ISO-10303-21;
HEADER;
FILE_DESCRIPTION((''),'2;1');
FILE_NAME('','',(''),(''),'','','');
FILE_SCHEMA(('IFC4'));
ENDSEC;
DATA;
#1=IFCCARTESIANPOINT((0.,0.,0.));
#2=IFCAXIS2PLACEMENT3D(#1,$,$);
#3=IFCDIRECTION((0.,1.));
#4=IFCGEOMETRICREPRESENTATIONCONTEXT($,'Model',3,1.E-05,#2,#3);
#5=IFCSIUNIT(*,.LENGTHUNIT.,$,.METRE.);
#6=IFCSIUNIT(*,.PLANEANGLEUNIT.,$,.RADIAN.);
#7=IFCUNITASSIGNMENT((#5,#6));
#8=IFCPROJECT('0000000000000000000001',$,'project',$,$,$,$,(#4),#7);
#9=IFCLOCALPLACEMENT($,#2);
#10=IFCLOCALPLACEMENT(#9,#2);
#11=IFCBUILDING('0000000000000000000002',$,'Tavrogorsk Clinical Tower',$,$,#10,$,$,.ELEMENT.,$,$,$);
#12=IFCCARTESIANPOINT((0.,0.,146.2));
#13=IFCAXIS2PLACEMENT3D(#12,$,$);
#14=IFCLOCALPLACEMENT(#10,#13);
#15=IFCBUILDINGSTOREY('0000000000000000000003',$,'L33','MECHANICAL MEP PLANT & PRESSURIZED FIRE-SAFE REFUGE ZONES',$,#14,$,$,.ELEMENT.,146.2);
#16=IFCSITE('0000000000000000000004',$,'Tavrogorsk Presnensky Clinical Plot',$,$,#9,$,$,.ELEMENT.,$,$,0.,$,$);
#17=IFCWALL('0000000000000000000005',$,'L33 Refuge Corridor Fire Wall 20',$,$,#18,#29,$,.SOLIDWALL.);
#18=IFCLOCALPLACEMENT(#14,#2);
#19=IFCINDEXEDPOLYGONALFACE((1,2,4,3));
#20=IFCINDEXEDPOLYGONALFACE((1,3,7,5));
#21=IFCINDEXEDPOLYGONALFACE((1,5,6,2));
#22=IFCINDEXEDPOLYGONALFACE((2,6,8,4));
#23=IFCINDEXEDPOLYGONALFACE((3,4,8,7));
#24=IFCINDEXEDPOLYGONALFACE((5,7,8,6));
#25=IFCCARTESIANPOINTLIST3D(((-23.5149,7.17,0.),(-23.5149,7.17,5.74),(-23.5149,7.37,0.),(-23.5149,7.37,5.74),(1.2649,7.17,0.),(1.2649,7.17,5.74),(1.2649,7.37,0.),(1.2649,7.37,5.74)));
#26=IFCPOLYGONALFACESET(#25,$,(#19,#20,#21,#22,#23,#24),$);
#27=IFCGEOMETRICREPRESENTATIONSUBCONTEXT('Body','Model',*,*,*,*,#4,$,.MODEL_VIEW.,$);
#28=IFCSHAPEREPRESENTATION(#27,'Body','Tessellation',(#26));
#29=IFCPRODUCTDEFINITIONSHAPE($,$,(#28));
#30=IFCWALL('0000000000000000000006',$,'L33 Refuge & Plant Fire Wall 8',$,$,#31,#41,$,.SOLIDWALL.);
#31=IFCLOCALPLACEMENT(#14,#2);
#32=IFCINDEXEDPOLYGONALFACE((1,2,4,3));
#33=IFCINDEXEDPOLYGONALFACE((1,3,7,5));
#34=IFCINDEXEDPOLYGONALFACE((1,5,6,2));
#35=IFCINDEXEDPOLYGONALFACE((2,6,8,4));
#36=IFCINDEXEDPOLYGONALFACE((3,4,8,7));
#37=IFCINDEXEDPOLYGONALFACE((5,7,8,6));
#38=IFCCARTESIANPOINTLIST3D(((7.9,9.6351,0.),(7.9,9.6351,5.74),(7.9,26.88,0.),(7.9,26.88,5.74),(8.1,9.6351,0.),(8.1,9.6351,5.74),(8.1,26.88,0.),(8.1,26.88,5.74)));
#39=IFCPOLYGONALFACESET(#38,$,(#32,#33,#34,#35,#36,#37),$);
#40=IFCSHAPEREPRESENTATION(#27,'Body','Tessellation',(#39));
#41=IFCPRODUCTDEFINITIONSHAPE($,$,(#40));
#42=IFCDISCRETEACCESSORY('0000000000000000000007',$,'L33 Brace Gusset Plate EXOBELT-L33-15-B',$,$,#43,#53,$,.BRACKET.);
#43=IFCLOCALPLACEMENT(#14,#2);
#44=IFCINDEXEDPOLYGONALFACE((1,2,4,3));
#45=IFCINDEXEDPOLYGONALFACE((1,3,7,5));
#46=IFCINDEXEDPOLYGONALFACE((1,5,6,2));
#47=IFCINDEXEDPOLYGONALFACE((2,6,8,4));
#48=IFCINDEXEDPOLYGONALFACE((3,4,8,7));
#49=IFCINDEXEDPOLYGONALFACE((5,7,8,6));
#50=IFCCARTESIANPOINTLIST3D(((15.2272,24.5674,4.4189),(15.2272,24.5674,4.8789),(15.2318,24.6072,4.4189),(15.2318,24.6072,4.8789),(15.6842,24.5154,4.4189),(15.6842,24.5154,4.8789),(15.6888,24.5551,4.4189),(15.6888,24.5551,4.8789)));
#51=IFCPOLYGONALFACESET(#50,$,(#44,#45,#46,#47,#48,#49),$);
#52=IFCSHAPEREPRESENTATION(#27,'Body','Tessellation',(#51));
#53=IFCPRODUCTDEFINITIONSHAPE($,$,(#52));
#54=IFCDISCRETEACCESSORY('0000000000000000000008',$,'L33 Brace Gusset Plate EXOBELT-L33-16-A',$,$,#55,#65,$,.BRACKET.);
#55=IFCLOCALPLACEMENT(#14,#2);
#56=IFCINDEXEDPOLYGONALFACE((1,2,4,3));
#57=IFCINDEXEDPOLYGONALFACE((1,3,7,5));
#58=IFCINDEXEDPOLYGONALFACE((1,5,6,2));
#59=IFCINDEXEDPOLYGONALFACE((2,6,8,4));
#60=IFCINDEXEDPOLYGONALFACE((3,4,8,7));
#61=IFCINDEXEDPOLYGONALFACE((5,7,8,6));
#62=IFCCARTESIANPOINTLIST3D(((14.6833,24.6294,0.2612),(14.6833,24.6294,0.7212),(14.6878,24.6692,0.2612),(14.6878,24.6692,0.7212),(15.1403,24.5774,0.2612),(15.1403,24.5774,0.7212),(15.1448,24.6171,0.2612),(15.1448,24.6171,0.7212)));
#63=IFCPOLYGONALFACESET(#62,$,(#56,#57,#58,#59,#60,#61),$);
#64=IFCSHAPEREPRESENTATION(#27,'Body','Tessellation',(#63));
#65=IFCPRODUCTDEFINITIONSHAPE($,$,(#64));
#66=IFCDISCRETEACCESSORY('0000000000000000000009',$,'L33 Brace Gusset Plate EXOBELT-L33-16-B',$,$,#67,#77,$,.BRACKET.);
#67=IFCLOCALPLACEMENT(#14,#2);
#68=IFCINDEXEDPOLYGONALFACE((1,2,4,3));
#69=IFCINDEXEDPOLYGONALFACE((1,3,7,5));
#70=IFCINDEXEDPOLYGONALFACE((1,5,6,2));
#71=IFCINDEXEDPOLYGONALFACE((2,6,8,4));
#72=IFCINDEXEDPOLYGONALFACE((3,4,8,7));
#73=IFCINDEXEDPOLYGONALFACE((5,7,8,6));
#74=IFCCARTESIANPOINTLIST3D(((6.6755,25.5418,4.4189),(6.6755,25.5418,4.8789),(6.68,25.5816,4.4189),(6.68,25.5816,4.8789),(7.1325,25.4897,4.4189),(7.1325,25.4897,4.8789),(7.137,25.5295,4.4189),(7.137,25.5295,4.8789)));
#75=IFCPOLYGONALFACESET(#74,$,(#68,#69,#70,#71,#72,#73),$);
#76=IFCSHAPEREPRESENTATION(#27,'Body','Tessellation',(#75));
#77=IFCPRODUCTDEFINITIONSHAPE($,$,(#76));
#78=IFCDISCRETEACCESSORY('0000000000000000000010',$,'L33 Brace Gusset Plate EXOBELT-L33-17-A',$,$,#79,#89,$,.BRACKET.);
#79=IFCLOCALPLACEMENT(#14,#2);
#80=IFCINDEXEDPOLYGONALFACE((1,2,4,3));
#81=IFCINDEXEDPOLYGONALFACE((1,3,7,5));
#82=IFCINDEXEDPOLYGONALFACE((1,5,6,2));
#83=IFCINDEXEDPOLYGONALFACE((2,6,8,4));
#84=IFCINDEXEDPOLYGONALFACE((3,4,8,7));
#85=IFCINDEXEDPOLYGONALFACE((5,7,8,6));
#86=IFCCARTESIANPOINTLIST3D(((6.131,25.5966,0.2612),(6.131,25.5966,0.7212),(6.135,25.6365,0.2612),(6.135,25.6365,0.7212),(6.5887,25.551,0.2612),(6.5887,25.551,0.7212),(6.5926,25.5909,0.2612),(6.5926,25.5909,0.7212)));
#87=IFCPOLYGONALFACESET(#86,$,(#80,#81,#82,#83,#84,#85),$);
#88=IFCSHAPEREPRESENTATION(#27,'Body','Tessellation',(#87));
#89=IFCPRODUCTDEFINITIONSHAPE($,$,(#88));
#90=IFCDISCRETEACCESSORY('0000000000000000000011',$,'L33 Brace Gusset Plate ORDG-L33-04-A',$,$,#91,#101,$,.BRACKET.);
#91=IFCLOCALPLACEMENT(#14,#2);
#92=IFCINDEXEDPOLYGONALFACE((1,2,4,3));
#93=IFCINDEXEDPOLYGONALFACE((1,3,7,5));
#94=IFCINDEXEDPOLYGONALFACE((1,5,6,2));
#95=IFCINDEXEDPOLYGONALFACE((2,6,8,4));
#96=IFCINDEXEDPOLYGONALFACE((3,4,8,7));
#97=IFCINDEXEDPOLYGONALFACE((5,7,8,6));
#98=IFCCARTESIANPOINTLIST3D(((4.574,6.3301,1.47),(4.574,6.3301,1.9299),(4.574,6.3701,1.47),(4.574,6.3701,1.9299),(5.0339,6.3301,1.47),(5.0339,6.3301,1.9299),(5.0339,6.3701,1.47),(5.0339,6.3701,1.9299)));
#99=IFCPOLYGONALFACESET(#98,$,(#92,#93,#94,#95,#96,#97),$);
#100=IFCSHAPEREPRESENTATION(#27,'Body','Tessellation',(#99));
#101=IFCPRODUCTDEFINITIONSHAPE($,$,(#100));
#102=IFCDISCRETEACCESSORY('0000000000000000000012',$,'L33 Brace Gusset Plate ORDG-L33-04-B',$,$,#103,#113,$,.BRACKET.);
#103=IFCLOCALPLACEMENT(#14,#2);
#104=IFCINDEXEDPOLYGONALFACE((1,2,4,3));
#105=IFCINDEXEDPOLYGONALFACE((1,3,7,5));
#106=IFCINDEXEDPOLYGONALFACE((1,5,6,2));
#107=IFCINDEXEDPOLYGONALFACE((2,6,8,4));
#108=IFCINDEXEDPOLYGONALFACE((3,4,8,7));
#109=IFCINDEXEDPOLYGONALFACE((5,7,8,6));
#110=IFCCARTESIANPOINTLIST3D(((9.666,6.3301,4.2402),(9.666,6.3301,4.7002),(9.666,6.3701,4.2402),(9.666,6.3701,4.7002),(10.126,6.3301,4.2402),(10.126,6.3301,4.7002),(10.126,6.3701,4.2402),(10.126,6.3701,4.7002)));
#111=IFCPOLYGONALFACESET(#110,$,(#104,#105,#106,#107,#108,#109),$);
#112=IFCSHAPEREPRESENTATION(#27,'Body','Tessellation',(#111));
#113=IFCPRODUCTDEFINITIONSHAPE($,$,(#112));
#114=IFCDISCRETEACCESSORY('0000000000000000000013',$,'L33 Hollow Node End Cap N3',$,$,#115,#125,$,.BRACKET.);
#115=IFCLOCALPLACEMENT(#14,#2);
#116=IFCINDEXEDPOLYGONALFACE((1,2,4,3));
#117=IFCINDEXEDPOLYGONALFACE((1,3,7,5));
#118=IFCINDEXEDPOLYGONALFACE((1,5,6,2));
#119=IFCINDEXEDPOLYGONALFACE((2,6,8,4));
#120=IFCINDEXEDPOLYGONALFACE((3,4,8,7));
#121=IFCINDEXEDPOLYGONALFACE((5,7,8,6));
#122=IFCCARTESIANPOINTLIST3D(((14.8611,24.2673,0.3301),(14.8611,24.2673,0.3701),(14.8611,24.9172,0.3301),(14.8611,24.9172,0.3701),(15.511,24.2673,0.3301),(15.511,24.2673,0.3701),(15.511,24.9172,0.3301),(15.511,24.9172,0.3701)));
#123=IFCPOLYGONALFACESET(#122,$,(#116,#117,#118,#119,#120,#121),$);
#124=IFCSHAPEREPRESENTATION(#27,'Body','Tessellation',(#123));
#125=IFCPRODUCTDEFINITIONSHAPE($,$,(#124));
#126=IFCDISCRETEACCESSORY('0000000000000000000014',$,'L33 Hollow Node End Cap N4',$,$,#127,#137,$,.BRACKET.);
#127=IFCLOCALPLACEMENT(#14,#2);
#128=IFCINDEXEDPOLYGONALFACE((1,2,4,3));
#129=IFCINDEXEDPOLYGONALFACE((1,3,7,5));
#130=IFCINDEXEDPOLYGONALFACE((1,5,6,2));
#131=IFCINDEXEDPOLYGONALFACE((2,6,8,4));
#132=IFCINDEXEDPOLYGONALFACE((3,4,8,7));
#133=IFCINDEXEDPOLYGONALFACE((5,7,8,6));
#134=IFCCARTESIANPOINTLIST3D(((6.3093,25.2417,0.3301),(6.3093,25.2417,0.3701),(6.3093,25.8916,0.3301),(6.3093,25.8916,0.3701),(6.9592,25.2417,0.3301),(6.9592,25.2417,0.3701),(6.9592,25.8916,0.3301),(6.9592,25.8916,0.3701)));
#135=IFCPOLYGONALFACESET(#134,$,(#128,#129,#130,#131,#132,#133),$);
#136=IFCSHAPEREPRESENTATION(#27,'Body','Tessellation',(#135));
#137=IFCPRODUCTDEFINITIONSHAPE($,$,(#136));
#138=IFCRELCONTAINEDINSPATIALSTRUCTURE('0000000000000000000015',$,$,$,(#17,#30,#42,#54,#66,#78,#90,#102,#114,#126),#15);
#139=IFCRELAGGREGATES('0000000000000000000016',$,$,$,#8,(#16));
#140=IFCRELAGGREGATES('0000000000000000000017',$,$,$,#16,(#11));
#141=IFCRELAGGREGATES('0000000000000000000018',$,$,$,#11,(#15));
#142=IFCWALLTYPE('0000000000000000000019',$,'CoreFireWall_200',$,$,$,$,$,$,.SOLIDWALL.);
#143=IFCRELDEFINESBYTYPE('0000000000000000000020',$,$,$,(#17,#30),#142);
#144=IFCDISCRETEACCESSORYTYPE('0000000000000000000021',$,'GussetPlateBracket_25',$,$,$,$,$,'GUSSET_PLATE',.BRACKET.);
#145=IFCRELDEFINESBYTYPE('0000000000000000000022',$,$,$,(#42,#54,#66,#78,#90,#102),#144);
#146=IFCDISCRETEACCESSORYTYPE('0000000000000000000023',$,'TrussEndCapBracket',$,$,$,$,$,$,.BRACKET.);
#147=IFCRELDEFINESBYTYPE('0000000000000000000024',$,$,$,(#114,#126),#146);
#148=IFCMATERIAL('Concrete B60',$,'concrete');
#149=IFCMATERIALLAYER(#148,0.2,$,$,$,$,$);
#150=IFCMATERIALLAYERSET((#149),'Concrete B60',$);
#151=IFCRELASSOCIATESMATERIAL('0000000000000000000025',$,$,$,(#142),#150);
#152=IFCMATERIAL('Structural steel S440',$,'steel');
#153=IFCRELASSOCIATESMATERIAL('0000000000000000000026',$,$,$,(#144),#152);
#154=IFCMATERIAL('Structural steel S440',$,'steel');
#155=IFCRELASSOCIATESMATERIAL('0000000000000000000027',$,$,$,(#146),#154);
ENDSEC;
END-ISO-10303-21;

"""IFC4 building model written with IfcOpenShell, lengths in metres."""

from ifc_helpers import new_model, si_unit, direction, frame, frame_2d, origin, origin_2d, place, context, subcontext, project, spatial, rectangle, extrude, material, layer, layer_set, type_object, element, save


model = new_model("IFC4")

# Units and contexts
model_context = context("Model", 3, precision=1e-05, world=origin(), true_north=direction((0.0, 1.0)))
body_context = subcontext(model_context, "Body", "Model", "MODEL_VIEW")
ifc_project = project(units=[si_unit("LENGTHUNIT", "METRE"), si_unit("PLANEANGLEUNIT", "RADIAN")], contexts=[model_context])

# Site, building, storey
site_placement = place(None, origin())
site = spatial("IfcSite", under=ifc_project, at=site_placement, Name="Tavrogorsk Presnensky Clinical Plot", CompositionType="ELEMENT", RefElevation=0.0)
building_placement = place(site_placement, origin())
building = spatial("IfcBuilding", under=site, at=building_placement, Name="Tavrogorsk Clinical Tower", CompositionType="ELEMENT")
storey_placement = place(building_placement, frame((0.0, 0.0, 146.2)))
storey = spatial("IfcBuildingStorey", under=building, at=storey_placement, Name="L33", Description="MECHANICAL MEP PLANT & PRESSURIZED FIRE-SAFE REFUGE ZONES", CompositionType="ELEMENT", Elevation=146.2)

# Walls
ifc_material_1 = material(Name="Concrete B60", Category="concrete")
ifc_layer_1 = layer(ifc_material_1, 0.2)
ifc_layer_set_1 = layer_set([ifc_layer_1], Name="Concrete B60")
wall_type = type_object("IfcWallType", Name="CoreFireWall_200", PredefinedType="SOLIDWALL", material=ifc_layer_set_1)
wall_1_placement = place(storey_placement, frame((1.2649, 7.27, 0.0), z_axis=(0.0, 0.0, 1.0), x_axis=(-1.0, 0.0, 0.0)))
element("IfcWall", 1, at=wall_1_placement, inside=storey, type_object=wall_type, Name="L33 Refuge Corridor Fire Wall 20", PredefinedType="SOLIDWALL", context=body_context, shape_type="SweptSolid", body=[
    extrude(rectangle(XDim=24.7798, YDim=0.2, at=frame_2d((12.3899, 0.0))), origin(), (0.0, 0.0, 1.0), 5.74),
])
wall_2_placement = place(storey_placement, frame((8.0, 9.635, 0.0), z_axis=(0.0, 0.0, 1.0), x_axis=(0.0, 1.0, 0.0)))
element("IfcWall", 2, at=wall_2_placement, inside=storey, type_object=wall_type, Name="L33 Refuge & Plant Fire Wall 8", PredefinedType="SOLIDWALL", context=body_context, shape_type="SweptSolid", body=[
    extrude(rectangle(XDim=17.2449, YDim=0.2, at=frame_2d((8.6226, 0.0))), origin(), (0.0, 0.0, 1.0), 5.74),
])

# Discrete accessories
ifc_material_2 = material(Name="Structural steel S440", Category="steel")
discrete_accessory_type_1 = type_object("IfcDiscreteAccessoryType", Name="GussetPlateBracket_25", ElementType="GUSSET_PLATE", PredefinedType="BRACKET", material=ifc_material_2)
for number, where, z_axis, x_axis, name in (
    (3, (15.458, 24.5613, 4.4189), (0.0, 0.0, 1.0), (-0.993572, 0.113203, 0.0), "L33 Brace Gusset Plate EXOBELT-L33-15-B"),
    (4, (14.9141, 24.6233, 0.2612), (0.0, 0.0, 1.0), (-0.993572, 0.113203, 0.0), "L33 Brace Gusset Plate EXOBELT-L33-16-A"),
    (5, (6.9062, 25.5356, 4.4189), (0.0, 0.0, 1.0), (-0.993572, 0.113203, 0.0), "L33 Brace Gusset Plate EXOBELT-L33-16-B"),
    (6, (6.3618, 25.5938, 0.2612), (0.0, 0.0, 1.0), (-0.995073, 0.099146, 0.0), "L33 Brace Gusset Plate EXOBELT-L33-17-A"),
    (7, (4.804, 6.3501, 1.47), (0.0, 0.0, 1.0), (1.0, 0.0, 0.0), "L33 Brace Gusset Plate ORDG-L33-04-A"),
    (8, (9.896, 6.3501, 4.2402), (0.0, 0.0, 1.0), (1.0, 0.0, 0.0), "L33 Brace Gusset Plate ORDG-L33-04-B"),
):
    element("IfcDiscreteAccessory", number, at=place(storey_placement, frame(where, z_axis=z_axis, x_axis=x_axis)), inside=storey, type_object=discrete_accessory_type_1, Name=name, PredefinedType="BRACKET", context=body_context, shape_type="SweptSolid", body=[
        extrude(rectangle(XDim=0.46, YDim=0.04, at=origin_2d()), origin(), (0.0, 0.0, 1.0), 0.46),
    ])
ifc_material_3 = material(Name="Structural steel S440", Category="steel")
discrete_accessory_type_2 = type_object("IfcDiscreteAccessoryType", Name="TrussEndCapBracket", PredefinedType="BRACKET", material=ifc_material_3)
for number, where, z_axis, x_axis, name in (
    (9, (15.186, 24.5923, 0.3301), (0.0, 0.0, 1.0), (1.0, 0.0, 0.0), "L33 Hollow Node End Cap N3"),
    (10, (6.6343, 25.5667, 0.3301), (0.0, 0.0, 1.0), (1.0, 0.0, 0.0), "L33 Hollow Node End Cap N4"),
):
    element("IfcDiscreteAccessory", number, at=place(storey_placement, frame(where, z_axis=z_axis, x_axis=x_axis)), inside=storey, type_object=discrete_accessory_type_2, Name=name, PredefinedType="BRACKET", context=body_context, shape_type="SweptSolid", body=[
        extrude(rectangle(XDim=0.6499, YDim=0.6499, at=origin_2d()), origin(), (0.0, 0.0, 1.0), 0.04),
    ])

save(model, "model.ifc")
